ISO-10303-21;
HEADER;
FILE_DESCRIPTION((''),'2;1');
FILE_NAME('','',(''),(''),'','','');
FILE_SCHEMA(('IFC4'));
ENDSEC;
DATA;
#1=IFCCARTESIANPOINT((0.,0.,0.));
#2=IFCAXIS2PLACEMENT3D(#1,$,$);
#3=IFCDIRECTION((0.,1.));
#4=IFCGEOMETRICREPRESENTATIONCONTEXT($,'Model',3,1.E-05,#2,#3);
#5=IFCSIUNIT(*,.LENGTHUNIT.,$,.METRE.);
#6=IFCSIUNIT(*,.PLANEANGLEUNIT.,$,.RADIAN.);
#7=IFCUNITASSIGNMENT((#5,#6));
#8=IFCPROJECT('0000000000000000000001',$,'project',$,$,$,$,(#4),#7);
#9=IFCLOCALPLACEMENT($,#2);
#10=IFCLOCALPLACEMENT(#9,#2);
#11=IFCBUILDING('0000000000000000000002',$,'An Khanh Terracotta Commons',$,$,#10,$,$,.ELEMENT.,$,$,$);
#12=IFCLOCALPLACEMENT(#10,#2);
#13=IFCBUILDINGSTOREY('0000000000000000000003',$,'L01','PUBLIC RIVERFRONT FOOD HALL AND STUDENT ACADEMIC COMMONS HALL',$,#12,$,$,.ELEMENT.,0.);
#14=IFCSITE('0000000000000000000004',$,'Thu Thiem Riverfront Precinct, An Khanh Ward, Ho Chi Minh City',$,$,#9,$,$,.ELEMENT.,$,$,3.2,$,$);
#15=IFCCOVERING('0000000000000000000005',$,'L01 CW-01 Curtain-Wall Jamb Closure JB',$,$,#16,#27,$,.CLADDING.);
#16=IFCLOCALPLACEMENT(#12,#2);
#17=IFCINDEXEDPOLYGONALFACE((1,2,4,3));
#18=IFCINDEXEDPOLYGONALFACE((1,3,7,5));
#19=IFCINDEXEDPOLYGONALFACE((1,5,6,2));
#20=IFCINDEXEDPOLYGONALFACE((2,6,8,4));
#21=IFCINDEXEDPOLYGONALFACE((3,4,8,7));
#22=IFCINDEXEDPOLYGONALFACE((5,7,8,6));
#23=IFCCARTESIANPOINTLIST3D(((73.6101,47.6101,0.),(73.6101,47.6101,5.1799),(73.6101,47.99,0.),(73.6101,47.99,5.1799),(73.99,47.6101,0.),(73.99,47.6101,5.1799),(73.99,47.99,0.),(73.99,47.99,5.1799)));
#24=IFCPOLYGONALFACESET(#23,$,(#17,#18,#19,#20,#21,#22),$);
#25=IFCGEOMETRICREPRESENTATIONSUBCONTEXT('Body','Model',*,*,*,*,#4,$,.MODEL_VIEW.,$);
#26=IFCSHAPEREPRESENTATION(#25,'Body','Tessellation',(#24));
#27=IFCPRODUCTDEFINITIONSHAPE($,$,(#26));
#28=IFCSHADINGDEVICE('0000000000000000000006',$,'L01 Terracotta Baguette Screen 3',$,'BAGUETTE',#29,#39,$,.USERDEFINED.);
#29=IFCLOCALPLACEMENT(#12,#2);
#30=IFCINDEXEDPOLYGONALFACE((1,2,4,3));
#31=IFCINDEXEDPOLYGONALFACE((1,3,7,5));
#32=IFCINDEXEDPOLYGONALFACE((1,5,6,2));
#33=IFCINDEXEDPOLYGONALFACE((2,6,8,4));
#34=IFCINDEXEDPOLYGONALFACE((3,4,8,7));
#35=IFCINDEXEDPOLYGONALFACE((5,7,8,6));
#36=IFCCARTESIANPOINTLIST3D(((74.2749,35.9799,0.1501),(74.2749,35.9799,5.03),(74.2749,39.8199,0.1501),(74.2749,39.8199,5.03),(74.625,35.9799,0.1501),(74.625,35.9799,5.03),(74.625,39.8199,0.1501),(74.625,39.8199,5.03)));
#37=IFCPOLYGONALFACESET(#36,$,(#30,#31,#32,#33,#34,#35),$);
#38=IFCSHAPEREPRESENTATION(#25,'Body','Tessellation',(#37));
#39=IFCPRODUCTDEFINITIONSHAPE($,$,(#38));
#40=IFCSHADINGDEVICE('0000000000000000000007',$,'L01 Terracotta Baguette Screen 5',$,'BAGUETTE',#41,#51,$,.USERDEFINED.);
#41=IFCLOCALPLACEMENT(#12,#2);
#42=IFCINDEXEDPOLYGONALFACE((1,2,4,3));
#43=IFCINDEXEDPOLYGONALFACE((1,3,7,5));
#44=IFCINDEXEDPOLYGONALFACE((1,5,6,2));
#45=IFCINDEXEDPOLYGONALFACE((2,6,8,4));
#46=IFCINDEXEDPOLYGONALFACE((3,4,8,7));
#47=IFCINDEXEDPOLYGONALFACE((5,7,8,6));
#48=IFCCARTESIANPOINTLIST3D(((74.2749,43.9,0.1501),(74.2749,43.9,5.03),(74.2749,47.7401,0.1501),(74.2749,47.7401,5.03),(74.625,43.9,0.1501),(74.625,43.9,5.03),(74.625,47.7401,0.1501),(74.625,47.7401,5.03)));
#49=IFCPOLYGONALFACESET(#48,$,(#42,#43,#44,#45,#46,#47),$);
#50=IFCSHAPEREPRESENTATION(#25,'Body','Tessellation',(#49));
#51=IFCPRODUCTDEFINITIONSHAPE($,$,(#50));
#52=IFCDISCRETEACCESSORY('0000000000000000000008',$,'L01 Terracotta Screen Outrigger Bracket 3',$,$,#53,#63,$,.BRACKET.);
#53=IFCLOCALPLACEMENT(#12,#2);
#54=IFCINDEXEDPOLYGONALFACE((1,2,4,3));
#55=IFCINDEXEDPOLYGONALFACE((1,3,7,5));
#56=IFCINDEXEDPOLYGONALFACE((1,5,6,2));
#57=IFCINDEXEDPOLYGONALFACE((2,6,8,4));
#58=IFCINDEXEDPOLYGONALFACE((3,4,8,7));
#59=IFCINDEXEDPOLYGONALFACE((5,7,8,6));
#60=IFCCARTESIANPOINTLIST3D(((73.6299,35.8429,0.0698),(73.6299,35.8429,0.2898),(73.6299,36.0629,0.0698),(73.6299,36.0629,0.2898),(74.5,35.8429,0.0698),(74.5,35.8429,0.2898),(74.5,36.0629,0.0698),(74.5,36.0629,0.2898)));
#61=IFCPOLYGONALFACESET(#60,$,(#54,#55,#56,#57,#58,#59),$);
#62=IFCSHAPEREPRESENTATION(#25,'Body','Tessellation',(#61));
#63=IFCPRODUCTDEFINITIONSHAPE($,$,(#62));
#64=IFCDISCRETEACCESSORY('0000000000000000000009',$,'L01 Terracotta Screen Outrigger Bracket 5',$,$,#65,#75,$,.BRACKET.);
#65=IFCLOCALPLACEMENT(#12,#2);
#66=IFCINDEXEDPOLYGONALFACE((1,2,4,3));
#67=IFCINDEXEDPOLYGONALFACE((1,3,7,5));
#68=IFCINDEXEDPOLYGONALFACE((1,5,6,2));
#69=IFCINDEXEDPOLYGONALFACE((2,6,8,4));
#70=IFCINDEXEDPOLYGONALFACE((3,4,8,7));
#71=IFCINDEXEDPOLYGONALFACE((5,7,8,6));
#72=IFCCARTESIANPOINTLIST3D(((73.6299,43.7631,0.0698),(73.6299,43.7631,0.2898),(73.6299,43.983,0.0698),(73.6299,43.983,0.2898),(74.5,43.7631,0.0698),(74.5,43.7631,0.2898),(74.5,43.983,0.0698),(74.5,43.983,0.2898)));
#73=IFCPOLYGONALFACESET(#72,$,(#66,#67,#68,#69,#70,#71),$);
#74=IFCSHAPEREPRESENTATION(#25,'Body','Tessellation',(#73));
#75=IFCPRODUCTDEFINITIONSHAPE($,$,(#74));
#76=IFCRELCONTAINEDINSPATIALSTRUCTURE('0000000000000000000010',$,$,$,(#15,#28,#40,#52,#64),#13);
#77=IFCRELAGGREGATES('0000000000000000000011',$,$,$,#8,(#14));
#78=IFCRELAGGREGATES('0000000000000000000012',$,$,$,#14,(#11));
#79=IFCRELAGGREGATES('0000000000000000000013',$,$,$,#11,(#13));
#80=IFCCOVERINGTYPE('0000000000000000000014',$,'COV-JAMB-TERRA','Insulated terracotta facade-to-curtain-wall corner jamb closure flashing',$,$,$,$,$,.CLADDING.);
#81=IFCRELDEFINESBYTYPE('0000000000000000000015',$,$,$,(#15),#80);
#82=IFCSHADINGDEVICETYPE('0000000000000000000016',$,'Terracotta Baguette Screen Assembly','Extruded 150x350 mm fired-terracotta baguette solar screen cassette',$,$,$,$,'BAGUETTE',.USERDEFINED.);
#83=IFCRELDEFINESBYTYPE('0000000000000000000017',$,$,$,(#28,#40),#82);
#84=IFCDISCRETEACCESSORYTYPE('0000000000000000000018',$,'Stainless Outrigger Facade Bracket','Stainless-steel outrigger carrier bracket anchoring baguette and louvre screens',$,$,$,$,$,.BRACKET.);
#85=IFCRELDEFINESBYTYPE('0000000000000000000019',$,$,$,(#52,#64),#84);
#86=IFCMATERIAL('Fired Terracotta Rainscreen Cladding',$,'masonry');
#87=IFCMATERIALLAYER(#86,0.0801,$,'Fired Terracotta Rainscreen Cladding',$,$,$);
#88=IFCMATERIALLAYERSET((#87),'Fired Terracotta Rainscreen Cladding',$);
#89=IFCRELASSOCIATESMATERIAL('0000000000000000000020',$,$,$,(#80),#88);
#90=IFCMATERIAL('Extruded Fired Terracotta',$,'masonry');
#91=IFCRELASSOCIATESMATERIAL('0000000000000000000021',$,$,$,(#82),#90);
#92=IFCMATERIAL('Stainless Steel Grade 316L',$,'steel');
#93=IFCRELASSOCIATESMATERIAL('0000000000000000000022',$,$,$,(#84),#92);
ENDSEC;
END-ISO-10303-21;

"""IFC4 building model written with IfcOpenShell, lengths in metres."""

from ifc_helpers import new_model, si_unit, direction, frame, origin, origin_2d, place, context, subcontext, project, spatial, rectangle, extrude, material, layer, layer_set, type_object, element, save


model = new_model("IFC4")

# Units and contexts
model_context = context("Model", 3, precision=1e-05, world=origin(), true_north=direction((0.0, 1.0)))
body_context = subcontext(model_context, "Body", "Model", "MODEL_VIEW")
ifc_project = project(units=[si_unit("LENGTHUNIT", "METRE"), si_unit("PLANEANGLEUNIT", "RADIAN")], contexts=[model_context])

# Site, building, storey
site_placement = place(None, origin())
site = spatial("IfcSite", under=ifc_project, at=site_placement, Name="Thu Thiem Riverfront Precinct, An Khanh Ward, Ho Chi Minh City", CompositionType="ELEMENT", RefElevation=3.2)
building_placement = place(site_placement, origin())
building = spatial("IfcBuilding", under=site, at=building_placement, Name="An Khanh Terracotta Commons", CompositionType="ELEMENT")
storey_placement = place(building_placement, origin())
storey = spatial("IfcBuildingStorey", under=building, at=storey_placement, Name="L01", Description="PUBLIC RIVERFRONT FOOD HALL AND STUDENT ACADEMIC COMMONS HALL", CompositionType="ELEMENT", Elevation=0.0)

# Covering
ifc_material_1 = material(Name="Fired Terracotta Rainscreen Cladding", Category="masonry")
ifc_layer_1 = layer(ifc_material_1, 0.0801, Name="Fired Terracotta Rainscreen Cladding")
ifc_layer_set_1 = layer_set([ifc_layer_1], Name="Fired Terracotta Rainscreen Cladding")
covering_type = type_object("IfcCoveringType", Name="COV-JAMB-TERRA", Description="Insulated terracotta facade-to-curtain-wall corner jamb closure flashing", PredefinedType="CLADDING", material=ifc_layer_set_1)
covering_placement = place(storey_placement, frame((73.8, 47.8, 0.0), z_axis=(0.0, 0.0, 1.0), x_axis=(1.0, 0.0, 0.0)))
element("IfcCovering", 1, at=covering_placement, inside=storey, type_object=covering_type, Name="L01 CW-01 Curtain-Wall Jamb Closure JB", PredefinedType="CLADDING", context=body_context, shape_type="SweptSolid", body=[
    extrude(rectangle(XDim=0.3799, YDim=0.3799, at=origin_2d()), origin(), (0.0, 0.0, 1.0), 5.1799),
])

# Shading devices
ifc_material_2 = material(Name="Extruded Fired Terracotta", Category="masonry")
shading_device_type = type_object("IfcShadingDeviceType", Name="Terracotta Baguette Screen Assembly", Description="Extruded 150x350 mm fired-terracotta baguette solar screen cassette", ElementType="BAGUETTE", PredefinedType="USERDEFINED", material=ifc_material_2)
for number, where, z_axis, x_axis, name in (
    (2, (74.45, 37.8999, 0.1501), (0.0, 0.0, 1.0), (0.0, 1.0, 0.0), "L01 Terracotta Baguette Screen 3"),
    (3, (74.45, 45.8201, 0.1501), (0.0, 0.0, 1.0), (0.0, 1.0, 0.0), "L01 Terracotta Baguette Screen 5"),
):
    element("IfcShadingDevice", number, at=place(storey_placement, frame(where, z_axis=z_axis, x_axis=x_axis)), inside=storey, type_object=shading_device_type, Name=name, ObjectType="BAGUETTE", PredefinedType="USERDEFINED", context=body_context, shape_type="SweptSolid", body=[
        extrude(rectangle(XDim=3.8401, YDim=0.3501, at=origin_2d()), origin(), (0.0, 0.0, 1.0), 4.8799),
    ])

# Discrete accessories
ifc_material_3 = material(Name="Stainless Steel Grade 316L", Category="steel")
discrete_accessory_type = type_object("IfcDiscreteAccessoryType", Name="Stainless Outrigger Facade Bracket", Description="Stainless-steel outrigger carrier bracket anchoring baguette and louvre screens", PredefinedType="BRACKET", material=ifc_material_3)
for number, where, z_axis, x_axis, name in (
    (4, (74.0649, 35.9529, 0.0698), (0.0, 0.0, 1.0), (0.0, 1.0, 0.0), "L01 Terracotta Screen Outrigger Bracket 3"),
    (5, (74.0649, 43.873, 0.0698), (0.0, 0.0, 1.0), (0.0, 1.0, 0.0), "L01 Terracotta Screen Outrigger Bracket 5"),
):
    element("IfcDiscreteAccessory", number, at=place(storey_placement, frame(where, z_axis=z_axis, x_axis=x_axis)), inside=storey, type_object=discrete_accessory_type, Name=name, PredefinedType="BRACKET", context=body_context, shape_type="SweptSolid", body=[
        extrude(rectangle(XDim=0.22, YDim=0.8701, at=origin_2d()), origin(), (0.0, 0.0, 1.0), 0.22),
    ])

save(model, "model.ifc")
